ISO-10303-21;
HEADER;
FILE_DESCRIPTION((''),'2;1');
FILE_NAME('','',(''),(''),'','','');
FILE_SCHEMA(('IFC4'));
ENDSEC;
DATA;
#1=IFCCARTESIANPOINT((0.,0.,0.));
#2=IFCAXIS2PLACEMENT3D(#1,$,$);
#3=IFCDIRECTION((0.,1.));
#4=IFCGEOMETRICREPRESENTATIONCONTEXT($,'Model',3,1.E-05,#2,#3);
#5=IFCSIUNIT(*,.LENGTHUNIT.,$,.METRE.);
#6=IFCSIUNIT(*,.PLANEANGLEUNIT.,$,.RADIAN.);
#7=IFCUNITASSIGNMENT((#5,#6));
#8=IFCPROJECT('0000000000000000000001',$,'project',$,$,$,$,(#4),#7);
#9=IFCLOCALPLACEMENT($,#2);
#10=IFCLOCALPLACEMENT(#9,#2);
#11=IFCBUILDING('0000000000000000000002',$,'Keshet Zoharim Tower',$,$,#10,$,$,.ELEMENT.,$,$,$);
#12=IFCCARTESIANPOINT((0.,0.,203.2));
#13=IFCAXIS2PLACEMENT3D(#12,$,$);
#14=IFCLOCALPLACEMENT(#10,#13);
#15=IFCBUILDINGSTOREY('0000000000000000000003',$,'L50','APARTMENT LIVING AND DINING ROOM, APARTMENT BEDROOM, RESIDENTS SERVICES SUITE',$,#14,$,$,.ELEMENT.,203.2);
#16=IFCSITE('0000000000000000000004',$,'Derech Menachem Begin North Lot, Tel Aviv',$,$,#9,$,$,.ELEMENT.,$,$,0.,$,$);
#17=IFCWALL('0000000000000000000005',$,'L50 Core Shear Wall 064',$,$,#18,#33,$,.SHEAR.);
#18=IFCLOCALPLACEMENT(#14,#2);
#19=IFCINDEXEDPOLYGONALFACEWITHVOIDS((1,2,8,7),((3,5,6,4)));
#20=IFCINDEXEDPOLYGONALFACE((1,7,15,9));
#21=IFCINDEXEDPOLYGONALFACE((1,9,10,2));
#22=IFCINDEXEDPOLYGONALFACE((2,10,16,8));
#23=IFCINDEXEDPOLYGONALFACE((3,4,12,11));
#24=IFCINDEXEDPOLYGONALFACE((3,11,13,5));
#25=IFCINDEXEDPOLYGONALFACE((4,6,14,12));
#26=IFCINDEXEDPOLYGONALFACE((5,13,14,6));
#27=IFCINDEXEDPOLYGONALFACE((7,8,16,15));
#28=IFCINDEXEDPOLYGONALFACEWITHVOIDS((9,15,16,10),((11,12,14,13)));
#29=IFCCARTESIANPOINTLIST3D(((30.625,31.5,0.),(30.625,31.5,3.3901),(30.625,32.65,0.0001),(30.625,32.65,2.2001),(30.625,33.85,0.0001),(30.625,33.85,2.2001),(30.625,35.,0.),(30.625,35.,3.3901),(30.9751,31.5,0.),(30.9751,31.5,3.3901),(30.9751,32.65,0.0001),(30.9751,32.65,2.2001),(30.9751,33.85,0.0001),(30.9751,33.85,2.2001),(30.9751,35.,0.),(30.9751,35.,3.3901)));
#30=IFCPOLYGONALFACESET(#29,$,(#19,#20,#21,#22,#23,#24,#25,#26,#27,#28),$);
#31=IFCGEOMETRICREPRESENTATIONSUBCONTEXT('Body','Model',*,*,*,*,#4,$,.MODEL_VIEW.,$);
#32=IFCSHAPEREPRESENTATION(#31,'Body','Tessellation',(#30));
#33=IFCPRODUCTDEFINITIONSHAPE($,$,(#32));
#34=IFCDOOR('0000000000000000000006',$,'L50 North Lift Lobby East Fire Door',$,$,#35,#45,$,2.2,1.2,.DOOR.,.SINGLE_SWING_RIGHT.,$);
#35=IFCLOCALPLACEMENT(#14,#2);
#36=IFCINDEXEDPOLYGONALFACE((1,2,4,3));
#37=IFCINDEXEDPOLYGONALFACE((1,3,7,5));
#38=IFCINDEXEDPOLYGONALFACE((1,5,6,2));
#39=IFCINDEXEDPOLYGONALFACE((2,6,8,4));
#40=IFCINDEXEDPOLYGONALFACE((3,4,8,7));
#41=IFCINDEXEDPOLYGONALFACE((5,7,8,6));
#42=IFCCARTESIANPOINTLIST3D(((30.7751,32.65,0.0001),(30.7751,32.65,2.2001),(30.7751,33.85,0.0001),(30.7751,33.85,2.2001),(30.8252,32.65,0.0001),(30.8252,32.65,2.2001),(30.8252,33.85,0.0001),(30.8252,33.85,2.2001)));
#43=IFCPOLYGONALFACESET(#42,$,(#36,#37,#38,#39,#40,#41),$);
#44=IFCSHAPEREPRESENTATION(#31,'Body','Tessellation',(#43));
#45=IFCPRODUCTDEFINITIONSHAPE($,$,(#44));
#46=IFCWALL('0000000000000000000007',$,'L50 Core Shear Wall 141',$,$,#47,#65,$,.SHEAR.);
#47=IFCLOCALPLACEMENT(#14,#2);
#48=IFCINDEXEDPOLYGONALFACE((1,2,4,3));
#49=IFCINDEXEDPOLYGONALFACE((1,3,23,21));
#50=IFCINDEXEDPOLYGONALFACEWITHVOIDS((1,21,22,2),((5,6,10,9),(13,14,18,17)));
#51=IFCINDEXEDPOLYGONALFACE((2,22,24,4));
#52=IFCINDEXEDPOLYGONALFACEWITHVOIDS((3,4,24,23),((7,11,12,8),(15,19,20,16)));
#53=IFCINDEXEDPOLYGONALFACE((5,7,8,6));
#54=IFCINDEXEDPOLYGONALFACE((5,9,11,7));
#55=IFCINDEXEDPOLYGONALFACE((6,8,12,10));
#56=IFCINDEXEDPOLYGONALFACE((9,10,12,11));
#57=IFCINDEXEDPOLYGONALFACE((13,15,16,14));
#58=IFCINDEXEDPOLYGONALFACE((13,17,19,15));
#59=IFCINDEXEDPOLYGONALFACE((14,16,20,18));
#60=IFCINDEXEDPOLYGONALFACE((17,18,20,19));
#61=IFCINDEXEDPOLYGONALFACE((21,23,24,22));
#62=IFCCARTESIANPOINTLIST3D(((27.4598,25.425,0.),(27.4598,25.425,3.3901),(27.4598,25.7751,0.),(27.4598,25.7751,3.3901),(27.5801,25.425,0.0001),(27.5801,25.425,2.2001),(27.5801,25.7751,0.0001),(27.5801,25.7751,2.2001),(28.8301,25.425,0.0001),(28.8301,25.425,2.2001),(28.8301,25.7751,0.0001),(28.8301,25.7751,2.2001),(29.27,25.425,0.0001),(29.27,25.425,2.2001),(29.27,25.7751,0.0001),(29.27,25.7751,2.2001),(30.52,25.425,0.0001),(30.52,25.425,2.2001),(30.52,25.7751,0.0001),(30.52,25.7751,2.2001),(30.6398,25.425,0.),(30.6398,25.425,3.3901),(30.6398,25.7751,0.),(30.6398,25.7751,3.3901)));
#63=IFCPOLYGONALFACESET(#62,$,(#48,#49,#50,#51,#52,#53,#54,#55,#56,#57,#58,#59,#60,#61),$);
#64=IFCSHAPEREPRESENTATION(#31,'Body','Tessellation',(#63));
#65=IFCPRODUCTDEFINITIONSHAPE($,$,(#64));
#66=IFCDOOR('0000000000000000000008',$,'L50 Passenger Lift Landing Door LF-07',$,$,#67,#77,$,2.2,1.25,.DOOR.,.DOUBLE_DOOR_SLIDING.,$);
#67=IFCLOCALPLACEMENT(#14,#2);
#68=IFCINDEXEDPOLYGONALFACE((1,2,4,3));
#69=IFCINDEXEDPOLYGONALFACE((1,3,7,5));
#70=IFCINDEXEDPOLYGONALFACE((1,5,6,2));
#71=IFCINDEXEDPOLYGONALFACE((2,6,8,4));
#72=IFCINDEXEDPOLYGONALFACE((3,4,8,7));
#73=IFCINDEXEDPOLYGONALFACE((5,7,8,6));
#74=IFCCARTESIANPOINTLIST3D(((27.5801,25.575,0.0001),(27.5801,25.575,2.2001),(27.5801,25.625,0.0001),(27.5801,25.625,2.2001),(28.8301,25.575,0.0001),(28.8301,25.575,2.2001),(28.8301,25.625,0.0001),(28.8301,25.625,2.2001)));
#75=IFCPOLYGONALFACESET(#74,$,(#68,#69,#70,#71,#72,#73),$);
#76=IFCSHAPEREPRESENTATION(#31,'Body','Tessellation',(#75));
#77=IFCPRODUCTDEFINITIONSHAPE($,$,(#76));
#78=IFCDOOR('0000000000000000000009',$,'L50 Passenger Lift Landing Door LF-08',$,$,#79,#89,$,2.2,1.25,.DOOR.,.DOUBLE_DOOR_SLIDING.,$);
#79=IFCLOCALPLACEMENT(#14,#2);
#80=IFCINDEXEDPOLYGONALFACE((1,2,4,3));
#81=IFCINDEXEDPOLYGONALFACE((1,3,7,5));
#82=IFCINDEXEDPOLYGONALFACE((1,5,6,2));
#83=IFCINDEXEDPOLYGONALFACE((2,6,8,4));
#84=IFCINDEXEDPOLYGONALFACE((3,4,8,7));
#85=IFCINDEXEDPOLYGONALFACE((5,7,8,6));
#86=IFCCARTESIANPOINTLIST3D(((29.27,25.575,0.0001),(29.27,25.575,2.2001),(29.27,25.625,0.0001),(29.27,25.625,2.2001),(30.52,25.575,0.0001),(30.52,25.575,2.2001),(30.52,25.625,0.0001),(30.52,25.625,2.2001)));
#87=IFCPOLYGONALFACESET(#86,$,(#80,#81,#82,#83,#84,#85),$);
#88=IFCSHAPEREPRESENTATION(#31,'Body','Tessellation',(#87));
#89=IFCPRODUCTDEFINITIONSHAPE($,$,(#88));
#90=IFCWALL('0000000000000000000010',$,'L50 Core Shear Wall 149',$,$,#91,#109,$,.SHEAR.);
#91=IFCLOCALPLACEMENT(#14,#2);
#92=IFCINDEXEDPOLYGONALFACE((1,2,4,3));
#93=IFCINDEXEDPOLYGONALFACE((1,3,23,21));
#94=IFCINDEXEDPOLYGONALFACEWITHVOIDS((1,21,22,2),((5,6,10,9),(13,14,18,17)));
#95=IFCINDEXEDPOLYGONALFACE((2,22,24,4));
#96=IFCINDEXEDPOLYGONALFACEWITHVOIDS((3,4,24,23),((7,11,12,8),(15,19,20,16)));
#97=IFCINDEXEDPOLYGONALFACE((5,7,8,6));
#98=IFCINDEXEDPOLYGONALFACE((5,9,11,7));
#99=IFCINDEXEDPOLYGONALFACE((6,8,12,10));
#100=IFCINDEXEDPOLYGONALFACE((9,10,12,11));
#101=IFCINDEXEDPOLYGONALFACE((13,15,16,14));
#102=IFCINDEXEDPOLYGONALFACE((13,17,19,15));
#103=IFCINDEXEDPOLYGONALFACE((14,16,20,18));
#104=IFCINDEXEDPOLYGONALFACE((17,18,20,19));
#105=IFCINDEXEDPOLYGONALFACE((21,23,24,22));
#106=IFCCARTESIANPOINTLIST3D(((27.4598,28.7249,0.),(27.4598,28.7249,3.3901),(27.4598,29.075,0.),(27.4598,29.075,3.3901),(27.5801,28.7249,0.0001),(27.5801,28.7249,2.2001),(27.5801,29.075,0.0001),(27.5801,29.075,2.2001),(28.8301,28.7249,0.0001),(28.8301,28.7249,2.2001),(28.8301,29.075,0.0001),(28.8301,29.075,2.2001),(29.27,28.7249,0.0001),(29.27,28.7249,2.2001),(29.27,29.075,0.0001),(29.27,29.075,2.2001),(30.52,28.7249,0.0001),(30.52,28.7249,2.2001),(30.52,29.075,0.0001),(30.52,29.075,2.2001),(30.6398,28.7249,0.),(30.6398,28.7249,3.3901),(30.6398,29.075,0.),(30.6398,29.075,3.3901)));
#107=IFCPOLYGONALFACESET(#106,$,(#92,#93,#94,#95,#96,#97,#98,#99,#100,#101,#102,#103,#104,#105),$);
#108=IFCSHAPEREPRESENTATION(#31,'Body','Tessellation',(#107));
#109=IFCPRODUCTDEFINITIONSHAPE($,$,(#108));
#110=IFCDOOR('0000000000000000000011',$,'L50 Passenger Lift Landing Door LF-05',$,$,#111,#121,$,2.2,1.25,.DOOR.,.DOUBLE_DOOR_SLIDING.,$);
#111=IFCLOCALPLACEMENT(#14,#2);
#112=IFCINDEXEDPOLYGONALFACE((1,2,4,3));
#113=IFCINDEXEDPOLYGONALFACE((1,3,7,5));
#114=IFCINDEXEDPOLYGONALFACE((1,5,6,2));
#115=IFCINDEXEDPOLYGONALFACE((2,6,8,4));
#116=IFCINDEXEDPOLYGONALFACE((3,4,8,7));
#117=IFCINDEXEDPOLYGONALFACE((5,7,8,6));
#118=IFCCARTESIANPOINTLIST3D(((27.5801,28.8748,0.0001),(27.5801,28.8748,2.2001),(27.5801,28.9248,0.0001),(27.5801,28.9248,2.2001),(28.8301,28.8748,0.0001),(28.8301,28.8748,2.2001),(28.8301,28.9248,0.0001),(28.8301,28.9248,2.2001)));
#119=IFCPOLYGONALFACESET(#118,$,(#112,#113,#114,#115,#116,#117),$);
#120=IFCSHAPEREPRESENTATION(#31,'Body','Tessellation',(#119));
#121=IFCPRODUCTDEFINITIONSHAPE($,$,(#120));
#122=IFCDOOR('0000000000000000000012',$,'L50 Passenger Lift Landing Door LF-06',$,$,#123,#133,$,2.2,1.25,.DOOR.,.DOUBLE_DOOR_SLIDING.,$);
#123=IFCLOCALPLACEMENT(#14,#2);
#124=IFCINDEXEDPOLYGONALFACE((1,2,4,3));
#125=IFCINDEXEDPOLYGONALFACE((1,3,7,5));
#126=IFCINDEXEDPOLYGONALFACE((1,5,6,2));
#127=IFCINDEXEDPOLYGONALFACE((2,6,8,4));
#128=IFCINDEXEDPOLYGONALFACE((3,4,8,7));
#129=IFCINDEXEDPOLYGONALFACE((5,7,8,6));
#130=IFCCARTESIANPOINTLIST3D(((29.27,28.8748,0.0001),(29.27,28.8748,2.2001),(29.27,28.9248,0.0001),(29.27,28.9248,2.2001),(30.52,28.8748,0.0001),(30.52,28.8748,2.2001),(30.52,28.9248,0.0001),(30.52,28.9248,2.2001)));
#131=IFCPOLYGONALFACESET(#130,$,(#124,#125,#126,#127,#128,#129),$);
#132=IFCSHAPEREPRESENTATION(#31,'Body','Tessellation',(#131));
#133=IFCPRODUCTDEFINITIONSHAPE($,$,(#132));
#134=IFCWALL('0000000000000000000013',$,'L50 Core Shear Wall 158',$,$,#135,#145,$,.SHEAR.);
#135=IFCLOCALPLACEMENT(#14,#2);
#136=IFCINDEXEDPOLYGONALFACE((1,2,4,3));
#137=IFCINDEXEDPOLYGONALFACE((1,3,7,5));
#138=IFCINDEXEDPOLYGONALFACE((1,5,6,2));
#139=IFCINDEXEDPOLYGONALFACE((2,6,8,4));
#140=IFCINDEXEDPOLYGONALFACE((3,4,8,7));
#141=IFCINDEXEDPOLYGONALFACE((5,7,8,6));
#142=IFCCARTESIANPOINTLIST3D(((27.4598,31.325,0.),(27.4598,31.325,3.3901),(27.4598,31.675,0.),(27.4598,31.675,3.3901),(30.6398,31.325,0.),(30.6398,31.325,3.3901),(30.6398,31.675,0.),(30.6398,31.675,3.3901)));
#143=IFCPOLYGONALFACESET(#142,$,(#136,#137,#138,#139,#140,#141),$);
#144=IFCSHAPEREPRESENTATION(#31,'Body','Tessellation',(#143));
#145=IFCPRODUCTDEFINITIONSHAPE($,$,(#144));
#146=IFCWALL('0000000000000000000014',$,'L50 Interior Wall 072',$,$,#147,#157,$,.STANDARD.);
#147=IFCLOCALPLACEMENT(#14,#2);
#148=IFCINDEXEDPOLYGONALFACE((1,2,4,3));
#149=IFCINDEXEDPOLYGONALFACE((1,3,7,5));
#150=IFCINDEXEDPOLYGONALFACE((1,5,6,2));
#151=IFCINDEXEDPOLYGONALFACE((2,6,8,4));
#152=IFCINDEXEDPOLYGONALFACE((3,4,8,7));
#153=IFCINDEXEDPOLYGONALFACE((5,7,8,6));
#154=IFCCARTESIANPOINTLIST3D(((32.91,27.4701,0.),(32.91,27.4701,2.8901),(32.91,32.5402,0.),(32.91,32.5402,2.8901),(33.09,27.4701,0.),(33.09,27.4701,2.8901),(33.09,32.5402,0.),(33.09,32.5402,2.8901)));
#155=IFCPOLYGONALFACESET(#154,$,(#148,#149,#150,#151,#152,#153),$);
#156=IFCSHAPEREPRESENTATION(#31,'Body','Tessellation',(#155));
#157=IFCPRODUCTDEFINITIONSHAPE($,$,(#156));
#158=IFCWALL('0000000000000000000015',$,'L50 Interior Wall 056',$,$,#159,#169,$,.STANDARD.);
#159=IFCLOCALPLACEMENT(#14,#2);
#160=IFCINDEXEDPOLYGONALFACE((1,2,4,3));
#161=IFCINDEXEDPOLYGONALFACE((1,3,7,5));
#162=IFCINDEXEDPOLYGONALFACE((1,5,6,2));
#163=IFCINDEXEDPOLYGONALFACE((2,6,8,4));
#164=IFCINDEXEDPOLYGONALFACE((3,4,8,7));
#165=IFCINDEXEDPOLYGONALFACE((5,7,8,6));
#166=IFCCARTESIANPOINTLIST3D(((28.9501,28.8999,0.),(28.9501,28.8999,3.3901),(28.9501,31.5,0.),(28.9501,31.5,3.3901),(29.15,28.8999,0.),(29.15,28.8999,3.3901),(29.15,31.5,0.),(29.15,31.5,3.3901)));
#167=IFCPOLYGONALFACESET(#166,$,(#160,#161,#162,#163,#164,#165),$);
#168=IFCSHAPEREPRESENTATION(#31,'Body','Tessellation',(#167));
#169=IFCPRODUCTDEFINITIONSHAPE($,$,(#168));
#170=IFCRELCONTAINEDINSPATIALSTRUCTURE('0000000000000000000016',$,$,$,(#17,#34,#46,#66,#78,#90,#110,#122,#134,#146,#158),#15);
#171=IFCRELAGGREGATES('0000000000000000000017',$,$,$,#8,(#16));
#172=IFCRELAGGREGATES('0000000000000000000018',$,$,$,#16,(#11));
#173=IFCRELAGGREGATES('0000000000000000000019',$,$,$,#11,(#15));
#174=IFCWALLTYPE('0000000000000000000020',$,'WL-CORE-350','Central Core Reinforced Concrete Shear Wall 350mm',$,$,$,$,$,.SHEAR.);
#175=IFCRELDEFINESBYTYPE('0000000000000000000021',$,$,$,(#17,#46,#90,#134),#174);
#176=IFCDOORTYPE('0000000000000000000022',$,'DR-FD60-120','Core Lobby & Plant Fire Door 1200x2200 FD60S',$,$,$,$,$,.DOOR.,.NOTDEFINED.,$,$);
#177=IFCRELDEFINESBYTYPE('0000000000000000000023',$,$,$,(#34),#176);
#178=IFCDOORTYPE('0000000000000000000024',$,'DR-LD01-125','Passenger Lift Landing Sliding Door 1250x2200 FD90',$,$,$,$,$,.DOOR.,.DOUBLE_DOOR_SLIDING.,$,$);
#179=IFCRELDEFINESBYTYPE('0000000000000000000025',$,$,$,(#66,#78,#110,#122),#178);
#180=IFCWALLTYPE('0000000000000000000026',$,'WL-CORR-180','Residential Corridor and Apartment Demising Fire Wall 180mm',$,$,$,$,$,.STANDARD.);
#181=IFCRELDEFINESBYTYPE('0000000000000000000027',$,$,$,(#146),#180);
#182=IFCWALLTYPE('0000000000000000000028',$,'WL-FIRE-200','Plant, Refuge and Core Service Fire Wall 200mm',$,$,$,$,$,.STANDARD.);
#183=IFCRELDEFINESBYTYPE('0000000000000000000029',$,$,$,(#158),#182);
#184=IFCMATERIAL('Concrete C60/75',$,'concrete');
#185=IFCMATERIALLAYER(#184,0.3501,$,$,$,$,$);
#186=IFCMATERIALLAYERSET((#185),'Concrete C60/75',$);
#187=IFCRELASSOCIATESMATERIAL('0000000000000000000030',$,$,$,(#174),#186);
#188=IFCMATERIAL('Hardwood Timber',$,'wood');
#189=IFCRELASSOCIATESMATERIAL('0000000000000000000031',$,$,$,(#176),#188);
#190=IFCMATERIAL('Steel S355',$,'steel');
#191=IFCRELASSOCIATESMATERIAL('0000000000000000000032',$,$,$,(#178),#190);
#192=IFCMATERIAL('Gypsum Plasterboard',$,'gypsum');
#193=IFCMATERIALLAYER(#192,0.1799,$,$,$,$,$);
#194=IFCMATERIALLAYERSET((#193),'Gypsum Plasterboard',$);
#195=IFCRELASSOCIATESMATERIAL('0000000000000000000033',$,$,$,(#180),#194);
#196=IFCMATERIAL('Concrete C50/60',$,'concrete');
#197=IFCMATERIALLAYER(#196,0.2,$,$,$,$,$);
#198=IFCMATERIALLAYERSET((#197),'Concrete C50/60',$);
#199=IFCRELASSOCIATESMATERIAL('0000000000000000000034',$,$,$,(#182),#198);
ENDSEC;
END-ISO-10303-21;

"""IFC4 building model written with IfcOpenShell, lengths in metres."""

from ifc_helpers import new_model, si_unit, direction, frame, frame_2d, origin, place, context, subcontext, project, spatial, rectangle, extrude, material, layer, layer_set, type_object, element, fill, save


model = new_model("IFC4")

# Units and contexts
model_context = context("Model", 3, precision=1e-05, world=origin(), true_north=direction((0.0, 1.0)))
body_context = subcontext(model_context, "Body", "Model", "MODEL_VIEW")
ifc_project = project(units=[si_unit("LENGTHUNIT", "METRE"), si_unit("PLANEANGLEUNIT", "RADIAN")], contexts=[model_context])

# Site, building, storey
site_placement = place(None, origin())
site = spatial("IfcSite", under=ifc_project, at=site_placement, Name="Derech Menachem Begin North Lot, Tel Aviv", CompositionType="ELEMENT", RefElevation=0.0)
building_placement = place(site_placement, origin())
building = spatial("IfcBuilding", under=site, at=building_placement, Name="Keshet Zoharim Tower", CompositionType="ELEMENT")
storey_placement = place(building_placement, frame((0.0, 0.0, 203.2)))
storey = spatial("IfcBuildingStorey", under=building, at=storey_placement, Name="L50", Description="APARTMENT LIVING AND DINING ROOM, APARTMENT BEDROOM, RESIDENTS SERVICES SUITE", CompositionType="ELEMENT", Elevation=203.2)

# Shared definitions
ifc_material_1 = material(Name="Steel S355", Category="steel")

# Shared definitions
ifc_material_2 = material(Name="Concrete C60/75", Category="concrete")
ifc_layer_1 = layer(ifc_material_2, 0.3501)
ifc_layer_set_1 = layer_set([ifc_layer_1], Name="Concrete C60/75")
wall_type_1 = type_object("IfcWallType", Name="WL-CORE-350", Description="Central Core Reinforced Concrete Shear Wall 350mm", PredefinedType="SHEAR", material=ifc_layer_set_1)

# Shared definitions
ifc_material_3 = material(Name="Hardwood Timber", Category="wood")
door_type_1 = type_object("IfcDoorType", Name="DR-FD60-120", Description="Core Lobby & Plant Fire Door 1200x2200 FD60S", OperationType="NOTDEFINED", PredefinedType="DOOR", material=ifc_material_3)

# Wall, opening, door
wall_1_placement = place(storey_placement, frame((30.8, 31.5, 0.0), z_axis=(0.0, 0.0, 1.0), x_axis=(0.0, 1.0, 0.0)))
wall_1 = element("IfcWall", 1, at=wall_1_placement, inside=storey, type_object=wall_type_1, Name="L50 Core Shear Wall 064", PredefinedType="SHEAR", context=body_context, shape_type="SweptSolid", body=[
    extrude(rectangle(XDim=3.5, YDim=0.3501, at=frame_2d((1.75, 0.0))), origin(), (0.0, 0.0, 1.0), 3.3901),
])
opening_1_placement = place(wall_1_placement, frame((1.1499, 0.0, 0.0)))
opening_1 = element("IfcOpeningElement", 2, at=opening_1_placement, cuts=wall_1, PredefinedType="OPENING", context=body_context, shape_type="SweptSolid", body=[
    extrude(rectangle(XDim=1.2, YDim=2.2, at=frame_2d((0.6001, 1.1001))), frame((0.0, 0.1851, 0.0), z_axis=(0.0, -1.0, 0.0), x_axis=(1.0, 0.0, 0.0)), (0.0, 0.0, 1.0), 0.3701),
])
door_1_placement = place(opening_1_placement, origin())
door_1 = element("IfcDoor", 3, at=door_1_placement, inside=storey, type_object=door_type_1, Name="L50 North Lift Lobby East Fire Door", OperationType="SINGLE_SWING_RIGHT", OverallHeight=2.2, OverallWidth=1.2, PredefinedType="DOOR", context=body_context, shape_type="SweptSolid", body=[
    extrude(rectangle(XDim=1.2, YDim=2.2, at=frame_2d((0.6001, 1.1001))), frame((0.0, 0.0249, 0.0), z_axis=(0.0, -1.0, 0.0), x_axis=(1.0, 0.0, 0.0)), (0.0, 0.0, 1.0), 0.05),
])
fill(opening_1, door_1)

# Walls, openings, doors
wall_2_placement = place(storey_placement, frame((27.46, 25.6001, 0.0), z_axis=(0.0, 0.0, 1.0), x_axis=(1.0, 0.0, 0.0)))
wall_2 = element("IfcWall", 4, at=wall_2_placement, inside=storey, type_object=wall_type_1, Name="L50 Core Shear Wall 141", PredefinedType="SHEAR", context=body_context, shape_type="SweptSolid", body=[
    extrude(rectangle(XDim=3.1799, YDim=0.3501, at=frame_2d((1.5898, 0.0))), origin(), (0.0, 0.0, 1.0), 3.3901),
])
opening_2_placement = place(wall_2_placement, frame((0.1201, 0.0, 0.0)))
opening_2 = element("IfcOpeningElement", 5, at=opening_2_placement, cuts=wall_2, PredefinedType="OPENING", context=body_context, shape_type="SweptSolid", body=[
    extrude(rectangle(XDim=1.25, YDim=2.2, at=frame_2d((0.625, 1.1001))), frame((0.0, 0.1851, 0.0), z_axis=(0.0, -1.0, 0.0), x_axis=(1.0, 0.0, 0.0)), (0.0, 0.0, 1.0), 0.3701),
])
opening_3_placement = place(wall_2_placement, frame((1.8101, 0.0, 0.0)))
opening_3 = element("IfcOpeningElement", 6, at=opening_3_placement, cuts=wall_2, PredefinedType="OPENING", context=body_context, shape_type="SweptSolid", body=[
    extrude(rectangle(XDim=1.25, YDim=2.2, at=frame_2d((0.625, 1.1001))), frame((0.0, 0.1851, 0.0), z_axis=(0.0, -1.0, 0.0), x_axis=(1.0, 0.0, 0.0)), (0.0, 0.0, 1.0), 0.3701),
])
door_type_2 = type_object("IfcDoorType", Name="DR-LD01-125", Description="Passenger Lift Landing Sliding Door 1250x2200 FD90", OperationType="DOUBLE_DOOR_SLIDING", PredefinedType="DOOR", material=ifc_material_1)
door_2_placement = place(opening_2_placement, origin())
door_2 = element("IfcDoor", 7, at=door_2_placement, inside=storey, type_object=door_type_2, Name="L50 Passenger Lift Landing Door LF-07", OperationType="DOUBLE_DOOR_SLIDING", OverallHeight=2.2, OverallWidth=1.25, PredefinedType="DOOR", context=body_context, shape_type="SweptSolid", body=[
    extrude(rectangle(XDim=1.25, YDim=2.2, at=frame_2d((0.625, 1.1001))), frame((0.0, 0.0249, 0.0), z_axis=(0.0, -1.0, 0.0), x_axis=(1.0, 0.0, 0.0)), (0.0, 0.0, 1.0), 0.05),
])
fill(opening_2, door_2)
door_3_placement = place(opening_3_placement, origin())
door_3 = element("IfcDoor", 8, at=door_3_placement, inside=storey, type_object=door_type_2, Name="L50 Passenger Lift Landing Door LF-08", OperationType="DOUBLE_DOOR_SLIDING", OverallHeight=2.2, OverallWidth=1.25, PredefinedType="DOOR", context=body_context, shape_type="SweptSolid", body=[
    extrude(rectangle(XDim=1.25, YDim=2.2, at=frame_2d((0.625, 1.1001))), frame((0.0, 0.0249, 0.0), z_axis=(0.0, -1.0, 0.0), x_axis=(1.0, 0.0, 0.0)), (0.0, 0.0, 1.0), 0.05),
])
fill(opening_3, door_3)
wall_3_placement = place(storey_placement, frame((27.46, 28.8999, 0.0), z_axis=(0.0, 0.0, 1.0), x_axis=(1.0, 0.0, 0.0)))
wall_3 = element("IfcWall", 9, at=wall_3_placement, inside=storey, type_object=wall_type_1, Name="L50 Core Shear Wall 149", PredefinedType="SHEAR", context=body_context, shape_type="SweptSolid", body=[
    extrude(rectangle(XDim=3.1799, YDim=0.3501, at=frame_2d((1.5898, 0.0))), origin(), (0.0, 0.0, 1.0), 3.3901),
])
opening_4_placement = place(wall_3_placement, frame((0.1201, 0.0, 0.0)))
opening_4 = element("IfcOpeningElement", 10, at=opening_4_placement, cuts=wall_3, PredefinedType="OPENING", context=body_context, shape_type="SweptSolid", body=[
    extrude(rectangle(XDim=1.25, YDim=2.2, at=frame_2d((0.625, 1.1001))), frame((0.0, 0.1851, 0.0), z_axis=(0.0, -1.0, 0.0), x_axis=(1.0, 0.0, 0.0)), (0.0, 0.0, 1.0), 0.3701),
])
opening_5_placement = place(wall_3_placement, frame((1.8101, 0.0, 0.0)))
opening_5 = element("IfcOpeningElement", 11, at=opening_5_placement, cuts=wall_3, PredefinedType="OPENING", context=body_context, shape_type="SweptSolid", body=[
    extrude(rectangle(XDim=1.25, YDim=2.2, at=frame_2d((0.625, 1.1001))), frame((0.0, 0.1851, 0.0), z_axis=(0.0, -1.0, 0.0), x_axis=(1.0, 0.0, 0.0)), (0.0, 0.0, 1.0), 0.3701),
])
door_4_placement = place(opening_4_placement, origin())
door_4 = element("IfcDoor", 12, at=door_4_placement, inside=storey, type_object=door_type_2, Name="L50 Passenger Lift Landing Door LF-05", OperationType="DOUBLE_DOOR_SLIDING", OverallHeight=2.2, OverallWidth=1.25, PredefinedType="DOOR", context=body_context, shape_type="SweptSolid", body=[
    extrude(rectangle(XDim=1.25, YDim=2.2, at=frame_2d((0.625, 1.1001))), frame((0.0, 0.0249, 0.0), z_axis=(0.0, -1.0, 0.0), x_axis=(1.0, 0.0, 0.0)), (0.0, 0.0, 1.0), 0.05),
])
fill(opening_4, door_4)
door_5_placement = place(opening_5_placement, origin())
door_5 = element("IfcDoor", 13, at=door_5_placement, inside=storey, type_object=door_type_2, Name="L50 Passenger Lift Landing Door LF-06", OperationType="DOUBLE_DOOR_SLIDING", OverallHeight=2.2, OverallWidth=1.25, PredefinedType="DOOR", context=body_context, shape_type="SweptSolid", body=[
    extrude(rectangle(XDim=1.25, YDim=2.2, at=frame_2d((0.625, 1.1001))), frame((0.0, 0.0249, 0.0), z_axis=(0.0, -1.0, 0.0), x_axis=(1.0, 0.0, 0.0)), (0.0, 0.0, 1.0), 0.05),
])
fill(opening_5, door_5)

# Wall
wall_4_placement = place(storey_placement, frame((27.46, 31.5, 0.0), z_axis=(0.0, 0.0, 1.0), x_axis=(1.0, 0.0, 0.0)))
element("IfcWall", 14, at=wall_4_placement, inside=storey, type_object=wall_type_1, Name="L50 Core Shear Wall 158", PredefinedType="SHEAR", context=body_context, shape_type="SweptSolid", body=[
    extrude(rectangle(XDim=3.1799, YDim=0.3501, at=frame_2d((1.5898, 0.0))), origin(), (0.0, 0.0, 1.0), 3.3901),
])

# Shared definitions
ifc_material_4 = material(Name="Gypsum Plasterboard", Category="gypsum")
ifc_layer_2 = layer(ifc_material_4, 0.1799)
ifc_layer_set_2 = layer_set([ifc_layer_2], Name="Gypsum Plasterboard")
wall_type_2 = type_object("IfcWallType", Name="WL-CORR-180", Description="Residential Corridor and Apartment Demising Fire Wall 180mm", PredefinedType="STANDARD", material=ifc_layer_set_2)

# Walls
wall_5_placement = place(storey_placement, frame((33.0, 27.47, 0.0), z_axis=(0.0, 0.0, 1.0), x_axis=(0.0, 1.0, 0.0)))
element("IfcWall", 15, at=wall_5_placement, inside=storey, type_object=wall_type_2, Name="L50 Interior Wall 072", PredefinedType="STANDARD", context=body_context, shape_type="SweptSolid", body=[
    extrude(rectangle(XDim=5.0701, YDim=0.1799, at=frame_2d((2.5352, 0.0))), origin(), (0.0, 0.0, 1.0), 2.8901),
])
ifc_material_5 = material(Name="Concrete C50/60", Category="concrete")
ifc_layer_3 = layer(ifc_material_5, 0.2)
ifc_layer_set_3 = layer_set([ifc_layer_3], Name="Concrete C50/60")
wall_type_3 = type_object("IfcWallType", Name="WL-FIRE-200", Description="Plant, Refuge and Core Service Fire Wall 200mm", PredefinedType="STANDARD", material=ifc_layer_set_3)
wall_6_placement = place(storey_placement, frame((29.05, 28.8999, 0.0), z_axis=(0.0, 0.0, 1.0), x_axis=(0.0, 1.0, 0.0)))
element("IfcWall", 16, at=wall_6_placement, inside=storey, type_object=wall_type_3, Name="L50 Interior Wall 056", PredefinedType="STANDARD", context=body_context, shape_type="SweptSolid", body=[
    extrude(rectangle(XDim=2.6001, YDim=0.2, at=frame_2d((1.3, 0.0))), origin(), (0.0, 0.0, 1.0), 3.3901),
])

save(model, "model.ifc")
